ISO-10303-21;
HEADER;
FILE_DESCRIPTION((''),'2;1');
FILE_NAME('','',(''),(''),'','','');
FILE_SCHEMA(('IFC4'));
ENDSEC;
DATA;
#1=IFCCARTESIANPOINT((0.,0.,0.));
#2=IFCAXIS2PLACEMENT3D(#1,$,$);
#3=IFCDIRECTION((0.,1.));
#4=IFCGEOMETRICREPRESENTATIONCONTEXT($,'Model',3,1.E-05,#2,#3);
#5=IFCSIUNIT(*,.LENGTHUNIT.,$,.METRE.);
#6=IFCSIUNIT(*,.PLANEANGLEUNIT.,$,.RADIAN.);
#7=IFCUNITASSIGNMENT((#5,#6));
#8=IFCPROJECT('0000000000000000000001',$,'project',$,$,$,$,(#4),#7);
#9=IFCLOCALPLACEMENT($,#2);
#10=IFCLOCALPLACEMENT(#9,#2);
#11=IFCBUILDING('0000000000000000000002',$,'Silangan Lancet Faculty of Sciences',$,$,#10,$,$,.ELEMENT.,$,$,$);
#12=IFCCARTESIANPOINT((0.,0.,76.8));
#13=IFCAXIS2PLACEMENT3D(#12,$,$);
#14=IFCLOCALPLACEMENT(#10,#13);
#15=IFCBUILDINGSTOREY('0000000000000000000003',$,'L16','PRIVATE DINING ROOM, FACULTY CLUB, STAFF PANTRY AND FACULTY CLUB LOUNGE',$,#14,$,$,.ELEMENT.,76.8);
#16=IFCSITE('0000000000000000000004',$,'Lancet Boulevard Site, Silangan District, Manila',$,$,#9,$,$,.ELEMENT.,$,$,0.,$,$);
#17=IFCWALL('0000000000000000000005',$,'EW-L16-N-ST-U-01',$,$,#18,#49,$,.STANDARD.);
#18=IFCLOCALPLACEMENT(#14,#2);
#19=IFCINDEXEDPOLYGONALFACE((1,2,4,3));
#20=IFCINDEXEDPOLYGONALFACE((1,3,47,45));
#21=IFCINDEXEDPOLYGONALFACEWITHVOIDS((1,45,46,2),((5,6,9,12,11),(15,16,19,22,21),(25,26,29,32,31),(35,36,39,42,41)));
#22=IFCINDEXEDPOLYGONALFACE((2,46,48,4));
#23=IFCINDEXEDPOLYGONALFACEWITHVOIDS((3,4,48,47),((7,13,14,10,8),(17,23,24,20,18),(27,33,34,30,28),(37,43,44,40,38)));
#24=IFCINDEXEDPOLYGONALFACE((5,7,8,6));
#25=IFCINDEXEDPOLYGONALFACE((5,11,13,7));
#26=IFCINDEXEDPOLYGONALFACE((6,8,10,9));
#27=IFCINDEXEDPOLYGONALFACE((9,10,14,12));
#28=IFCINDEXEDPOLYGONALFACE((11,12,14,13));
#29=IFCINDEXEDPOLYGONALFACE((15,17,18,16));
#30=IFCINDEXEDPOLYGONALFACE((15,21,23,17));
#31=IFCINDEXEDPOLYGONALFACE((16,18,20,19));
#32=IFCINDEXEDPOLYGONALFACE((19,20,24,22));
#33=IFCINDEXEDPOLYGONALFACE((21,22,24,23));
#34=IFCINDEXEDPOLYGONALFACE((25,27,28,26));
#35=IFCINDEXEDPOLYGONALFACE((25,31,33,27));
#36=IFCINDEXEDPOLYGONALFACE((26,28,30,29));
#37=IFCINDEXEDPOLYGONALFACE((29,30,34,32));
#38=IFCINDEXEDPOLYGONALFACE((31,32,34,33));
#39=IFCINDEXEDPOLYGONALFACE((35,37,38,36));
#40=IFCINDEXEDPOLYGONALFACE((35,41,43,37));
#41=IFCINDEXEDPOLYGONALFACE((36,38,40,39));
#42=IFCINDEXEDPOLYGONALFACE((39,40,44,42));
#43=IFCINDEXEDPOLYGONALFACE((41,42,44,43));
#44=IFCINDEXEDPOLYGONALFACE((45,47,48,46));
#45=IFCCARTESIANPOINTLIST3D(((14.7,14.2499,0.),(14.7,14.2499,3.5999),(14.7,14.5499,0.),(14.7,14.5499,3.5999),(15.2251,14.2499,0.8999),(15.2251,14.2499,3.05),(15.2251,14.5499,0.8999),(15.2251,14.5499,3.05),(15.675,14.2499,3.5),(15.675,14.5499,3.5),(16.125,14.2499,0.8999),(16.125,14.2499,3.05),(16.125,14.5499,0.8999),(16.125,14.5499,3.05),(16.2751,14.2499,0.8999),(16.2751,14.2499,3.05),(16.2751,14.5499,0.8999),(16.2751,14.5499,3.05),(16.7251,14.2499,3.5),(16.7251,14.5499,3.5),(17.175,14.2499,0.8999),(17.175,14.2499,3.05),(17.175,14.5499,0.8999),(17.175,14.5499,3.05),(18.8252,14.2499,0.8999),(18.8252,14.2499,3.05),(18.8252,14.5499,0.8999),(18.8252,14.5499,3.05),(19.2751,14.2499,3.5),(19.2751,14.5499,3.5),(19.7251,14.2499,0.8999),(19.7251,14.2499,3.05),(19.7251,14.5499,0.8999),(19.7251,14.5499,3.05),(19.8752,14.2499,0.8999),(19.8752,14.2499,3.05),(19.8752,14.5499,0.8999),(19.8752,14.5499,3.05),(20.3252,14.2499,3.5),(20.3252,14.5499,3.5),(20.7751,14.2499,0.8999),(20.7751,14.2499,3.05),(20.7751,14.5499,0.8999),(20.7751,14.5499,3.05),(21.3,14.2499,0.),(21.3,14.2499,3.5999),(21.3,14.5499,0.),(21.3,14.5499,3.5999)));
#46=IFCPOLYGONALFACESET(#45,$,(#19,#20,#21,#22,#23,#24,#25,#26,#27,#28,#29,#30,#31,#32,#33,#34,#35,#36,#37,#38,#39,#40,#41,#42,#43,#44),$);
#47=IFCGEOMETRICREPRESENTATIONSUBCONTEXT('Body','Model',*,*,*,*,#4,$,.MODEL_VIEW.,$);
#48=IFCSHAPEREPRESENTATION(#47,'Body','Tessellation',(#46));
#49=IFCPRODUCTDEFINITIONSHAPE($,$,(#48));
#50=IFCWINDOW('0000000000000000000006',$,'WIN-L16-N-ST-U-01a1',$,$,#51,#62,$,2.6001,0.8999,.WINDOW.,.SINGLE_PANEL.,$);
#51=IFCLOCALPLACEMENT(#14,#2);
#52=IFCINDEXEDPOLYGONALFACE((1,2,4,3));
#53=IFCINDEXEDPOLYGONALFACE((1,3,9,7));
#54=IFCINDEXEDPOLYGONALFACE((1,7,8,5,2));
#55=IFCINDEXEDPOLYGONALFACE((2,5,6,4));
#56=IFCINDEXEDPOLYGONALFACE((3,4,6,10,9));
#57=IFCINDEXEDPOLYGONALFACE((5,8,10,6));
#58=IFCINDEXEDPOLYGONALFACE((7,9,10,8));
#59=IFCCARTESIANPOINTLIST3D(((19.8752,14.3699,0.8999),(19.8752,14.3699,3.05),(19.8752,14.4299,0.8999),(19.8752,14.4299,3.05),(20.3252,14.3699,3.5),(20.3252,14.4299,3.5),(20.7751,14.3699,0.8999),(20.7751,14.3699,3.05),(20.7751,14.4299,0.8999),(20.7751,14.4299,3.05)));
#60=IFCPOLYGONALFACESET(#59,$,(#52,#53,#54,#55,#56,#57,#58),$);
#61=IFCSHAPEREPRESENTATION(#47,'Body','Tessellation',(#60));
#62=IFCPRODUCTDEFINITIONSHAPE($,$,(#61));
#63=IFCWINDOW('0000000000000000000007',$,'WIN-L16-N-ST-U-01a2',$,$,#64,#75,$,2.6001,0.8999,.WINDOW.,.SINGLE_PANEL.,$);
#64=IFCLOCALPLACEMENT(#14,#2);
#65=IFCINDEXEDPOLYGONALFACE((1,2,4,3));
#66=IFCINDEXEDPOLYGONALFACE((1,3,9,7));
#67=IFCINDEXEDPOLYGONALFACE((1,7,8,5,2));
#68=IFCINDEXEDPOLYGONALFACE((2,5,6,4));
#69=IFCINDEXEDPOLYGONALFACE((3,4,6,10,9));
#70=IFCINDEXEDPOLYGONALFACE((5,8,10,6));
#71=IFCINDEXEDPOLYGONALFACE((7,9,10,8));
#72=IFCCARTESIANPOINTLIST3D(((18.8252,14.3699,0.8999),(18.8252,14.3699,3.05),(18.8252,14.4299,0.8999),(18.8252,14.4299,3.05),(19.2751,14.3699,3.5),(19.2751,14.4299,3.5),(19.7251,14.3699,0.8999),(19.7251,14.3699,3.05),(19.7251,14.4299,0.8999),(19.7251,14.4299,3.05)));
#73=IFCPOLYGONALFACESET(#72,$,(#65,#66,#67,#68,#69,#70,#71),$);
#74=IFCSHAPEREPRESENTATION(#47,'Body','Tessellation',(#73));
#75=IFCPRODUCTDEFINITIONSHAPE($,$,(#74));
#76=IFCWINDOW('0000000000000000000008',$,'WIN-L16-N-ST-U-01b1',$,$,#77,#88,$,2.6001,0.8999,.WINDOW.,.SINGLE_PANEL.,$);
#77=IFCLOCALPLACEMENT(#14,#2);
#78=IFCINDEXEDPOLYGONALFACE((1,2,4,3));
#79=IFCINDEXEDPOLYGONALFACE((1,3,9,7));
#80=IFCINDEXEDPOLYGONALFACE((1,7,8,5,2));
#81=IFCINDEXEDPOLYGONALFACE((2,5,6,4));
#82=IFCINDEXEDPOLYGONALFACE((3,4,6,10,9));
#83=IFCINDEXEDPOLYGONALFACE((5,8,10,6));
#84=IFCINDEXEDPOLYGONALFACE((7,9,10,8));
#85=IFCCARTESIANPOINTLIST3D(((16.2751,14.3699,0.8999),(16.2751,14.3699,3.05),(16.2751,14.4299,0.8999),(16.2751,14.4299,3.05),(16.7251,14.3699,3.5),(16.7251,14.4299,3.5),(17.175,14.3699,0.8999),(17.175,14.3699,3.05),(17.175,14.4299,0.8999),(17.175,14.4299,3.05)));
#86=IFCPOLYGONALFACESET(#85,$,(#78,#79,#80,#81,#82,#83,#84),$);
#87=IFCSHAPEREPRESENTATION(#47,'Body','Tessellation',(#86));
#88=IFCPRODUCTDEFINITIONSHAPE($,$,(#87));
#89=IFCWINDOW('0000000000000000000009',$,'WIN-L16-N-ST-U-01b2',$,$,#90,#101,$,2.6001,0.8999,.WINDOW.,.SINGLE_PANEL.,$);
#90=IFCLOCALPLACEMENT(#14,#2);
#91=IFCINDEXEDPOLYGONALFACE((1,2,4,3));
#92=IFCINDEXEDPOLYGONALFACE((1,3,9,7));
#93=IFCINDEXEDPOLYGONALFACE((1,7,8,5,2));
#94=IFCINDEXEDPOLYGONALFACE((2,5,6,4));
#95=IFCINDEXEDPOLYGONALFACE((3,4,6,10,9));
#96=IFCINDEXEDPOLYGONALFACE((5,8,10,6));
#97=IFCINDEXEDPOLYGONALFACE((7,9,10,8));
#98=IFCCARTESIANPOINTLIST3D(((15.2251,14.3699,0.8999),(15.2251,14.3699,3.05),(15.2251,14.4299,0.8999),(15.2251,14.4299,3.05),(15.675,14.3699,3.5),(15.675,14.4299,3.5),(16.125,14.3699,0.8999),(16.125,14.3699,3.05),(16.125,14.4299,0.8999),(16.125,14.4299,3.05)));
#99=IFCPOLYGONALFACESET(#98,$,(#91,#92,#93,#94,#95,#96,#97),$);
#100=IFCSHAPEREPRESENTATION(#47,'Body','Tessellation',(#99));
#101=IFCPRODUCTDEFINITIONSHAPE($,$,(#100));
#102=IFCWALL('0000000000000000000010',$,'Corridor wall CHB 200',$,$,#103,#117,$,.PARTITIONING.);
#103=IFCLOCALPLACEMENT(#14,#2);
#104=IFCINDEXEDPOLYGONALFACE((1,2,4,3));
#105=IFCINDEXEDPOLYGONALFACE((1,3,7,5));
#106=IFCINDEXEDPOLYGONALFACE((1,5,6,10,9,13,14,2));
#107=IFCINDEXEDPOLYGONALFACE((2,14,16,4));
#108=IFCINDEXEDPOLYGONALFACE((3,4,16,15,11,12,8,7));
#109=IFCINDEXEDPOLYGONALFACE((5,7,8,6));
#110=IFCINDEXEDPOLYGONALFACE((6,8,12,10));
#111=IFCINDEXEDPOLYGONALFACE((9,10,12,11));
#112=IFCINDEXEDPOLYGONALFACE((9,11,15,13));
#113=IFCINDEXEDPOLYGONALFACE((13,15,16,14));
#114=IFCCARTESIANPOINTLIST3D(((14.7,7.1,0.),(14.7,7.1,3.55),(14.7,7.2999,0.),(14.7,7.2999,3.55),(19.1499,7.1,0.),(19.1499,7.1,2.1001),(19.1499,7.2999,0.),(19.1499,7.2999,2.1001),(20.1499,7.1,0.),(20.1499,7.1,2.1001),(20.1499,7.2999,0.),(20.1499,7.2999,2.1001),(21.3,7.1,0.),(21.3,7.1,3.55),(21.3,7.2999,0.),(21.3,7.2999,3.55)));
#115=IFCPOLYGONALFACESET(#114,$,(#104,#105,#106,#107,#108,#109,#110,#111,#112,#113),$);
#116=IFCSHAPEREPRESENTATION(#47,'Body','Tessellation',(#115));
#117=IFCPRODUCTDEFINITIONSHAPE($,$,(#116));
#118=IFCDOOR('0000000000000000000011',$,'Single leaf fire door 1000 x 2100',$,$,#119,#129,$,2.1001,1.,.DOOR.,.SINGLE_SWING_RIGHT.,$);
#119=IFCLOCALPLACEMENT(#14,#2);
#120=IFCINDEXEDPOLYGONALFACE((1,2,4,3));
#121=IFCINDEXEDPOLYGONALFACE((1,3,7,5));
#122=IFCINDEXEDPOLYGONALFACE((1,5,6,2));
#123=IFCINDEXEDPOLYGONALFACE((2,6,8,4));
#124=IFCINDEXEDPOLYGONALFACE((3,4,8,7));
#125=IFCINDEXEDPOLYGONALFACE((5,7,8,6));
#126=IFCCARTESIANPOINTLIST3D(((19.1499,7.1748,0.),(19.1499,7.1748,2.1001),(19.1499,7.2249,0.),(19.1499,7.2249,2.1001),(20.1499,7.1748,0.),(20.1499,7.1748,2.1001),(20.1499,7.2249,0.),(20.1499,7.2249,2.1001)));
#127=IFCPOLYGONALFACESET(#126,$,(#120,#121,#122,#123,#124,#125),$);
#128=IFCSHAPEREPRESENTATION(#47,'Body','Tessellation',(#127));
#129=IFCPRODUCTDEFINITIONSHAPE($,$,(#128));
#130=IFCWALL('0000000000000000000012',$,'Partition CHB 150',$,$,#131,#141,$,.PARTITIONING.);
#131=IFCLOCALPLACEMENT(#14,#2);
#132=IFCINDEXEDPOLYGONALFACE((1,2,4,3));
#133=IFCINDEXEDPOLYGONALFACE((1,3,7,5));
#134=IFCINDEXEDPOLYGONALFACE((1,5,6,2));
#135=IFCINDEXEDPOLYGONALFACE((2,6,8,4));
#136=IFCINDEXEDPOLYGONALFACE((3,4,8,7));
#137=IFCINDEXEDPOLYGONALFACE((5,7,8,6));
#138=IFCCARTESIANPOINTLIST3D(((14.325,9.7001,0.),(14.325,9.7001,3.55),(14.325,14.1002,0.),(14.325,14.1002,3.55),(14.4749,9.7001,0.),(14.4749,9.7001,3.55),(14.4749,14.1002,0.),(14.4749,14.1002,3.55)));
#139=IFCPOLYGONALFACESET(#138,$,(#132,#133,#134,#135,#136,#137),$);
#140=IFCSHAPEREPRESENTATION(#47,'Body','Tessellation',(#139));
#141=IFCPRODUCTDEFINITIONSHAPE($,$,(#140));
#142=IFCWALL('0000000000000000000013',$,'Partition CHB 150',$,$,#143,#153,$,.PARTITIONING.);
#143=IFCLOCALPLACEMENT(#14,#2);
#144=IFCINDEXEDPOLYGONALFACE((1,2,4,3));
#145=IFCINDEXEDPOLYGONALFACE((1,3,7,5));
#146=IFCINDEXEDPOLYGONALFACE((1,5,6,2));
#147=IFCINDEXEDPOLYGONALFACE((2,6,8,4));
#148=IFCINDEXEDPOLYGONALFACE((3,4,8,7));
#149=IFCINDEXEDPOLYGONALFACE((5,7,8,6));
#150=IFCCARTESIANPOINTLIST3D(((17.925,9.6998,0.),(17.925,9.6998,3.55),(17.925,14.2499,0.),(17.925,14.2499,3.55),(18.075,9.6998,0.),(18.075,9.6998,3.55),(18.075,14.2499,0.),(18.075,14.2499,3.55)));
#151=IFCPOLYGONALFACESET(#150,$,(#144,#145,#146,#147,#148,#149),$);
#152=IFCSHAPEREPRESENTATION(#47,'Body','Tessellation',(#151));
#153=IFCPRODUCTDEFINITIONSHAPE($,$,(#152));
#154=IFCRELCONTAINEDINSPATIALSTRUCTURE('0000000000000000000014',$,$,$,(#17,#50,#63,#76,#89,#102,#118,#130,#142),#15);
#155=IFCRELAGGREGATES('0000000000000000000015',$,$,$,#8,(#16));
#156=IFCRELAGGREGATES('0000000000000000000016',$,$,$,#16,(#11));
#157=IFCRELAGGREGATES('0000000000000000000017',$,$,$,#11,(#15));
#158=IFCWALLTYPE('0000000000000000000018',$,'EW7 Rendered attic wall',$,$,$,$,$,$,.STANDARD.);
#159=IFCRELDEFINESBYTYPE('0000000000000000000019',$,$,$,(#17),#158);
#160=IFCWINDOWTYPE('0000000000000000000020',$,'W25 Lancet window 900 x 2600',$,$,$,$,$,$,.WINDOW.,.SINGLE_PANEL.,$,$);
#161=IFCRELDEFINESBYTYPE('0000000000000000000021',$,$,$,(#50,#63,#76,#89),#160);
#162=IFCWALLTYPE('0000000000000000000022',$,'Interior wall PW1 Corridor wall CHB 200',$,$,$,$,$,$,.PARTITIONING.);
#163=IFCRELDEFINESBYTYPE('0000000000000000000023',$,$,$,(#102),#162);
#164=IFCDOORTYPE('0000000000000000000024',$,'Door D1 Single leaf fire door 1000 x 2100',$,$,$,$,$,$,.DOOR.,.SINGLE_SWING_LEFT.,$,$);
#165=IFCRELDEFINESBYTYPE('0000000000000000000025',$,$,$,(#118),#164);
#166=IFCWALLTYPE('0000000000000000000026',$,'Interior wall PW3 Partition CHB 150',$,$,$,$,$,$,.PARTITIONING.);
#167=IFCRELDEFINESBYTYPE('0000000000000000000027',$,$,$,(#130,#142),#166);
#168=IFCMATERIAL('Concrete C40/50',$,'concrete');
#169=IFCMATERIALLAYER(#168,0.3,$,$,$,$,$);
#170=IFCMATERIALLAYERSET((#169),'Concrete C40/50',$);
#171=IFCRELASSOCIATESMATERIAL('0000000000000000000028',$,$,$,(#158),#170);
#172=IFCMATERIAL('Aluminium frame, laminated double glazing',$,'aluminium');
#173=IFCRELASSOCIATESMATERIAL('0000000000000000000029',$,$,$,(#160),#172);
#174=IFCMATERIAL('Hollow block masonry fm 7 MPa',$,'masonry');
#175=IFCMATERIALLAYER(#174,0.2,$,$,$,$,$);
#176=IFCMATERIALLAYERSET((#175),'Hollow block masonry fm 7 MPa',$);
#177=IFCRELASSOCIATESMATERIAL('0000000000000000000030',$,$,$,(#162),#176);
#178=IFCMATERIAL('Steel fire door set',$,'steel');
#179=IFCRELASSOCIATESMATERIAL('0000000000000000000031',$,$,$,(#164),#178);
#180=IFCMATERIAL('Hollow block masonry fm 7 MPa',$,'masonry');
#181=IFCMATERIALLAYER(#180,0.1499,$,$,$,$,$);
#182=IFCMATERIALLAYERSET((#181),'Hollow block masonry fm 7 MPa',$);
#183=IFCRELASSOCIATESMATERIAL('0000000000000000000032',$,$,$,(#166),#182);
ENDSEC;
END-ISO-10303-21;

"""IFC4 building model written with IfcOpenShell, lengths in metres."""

from ifc_helpers import new_model, si_unit, direction, frame, frame_2d, origin, place, context, subcontext, project, spatial, polyline, rectangle, outline, extrude, material, layer, layer_set, type_object, element, fill, save


model = new_model("IFC4")

# Units and contexts
model_context = context("Model", 3, precision=1e-05, world=origin(), true_north=direction((0.0, 1.0)))
body_context = subcontext(model_context, "Body", "Model", "MODEL_VIEW")
ifc_project = project(units=[si_unit("LENGTHUNIT", "METRE"), si_unit("PLANEANGLEUNIT", "RADIAN")], contexts=[model_context])

# Site, building, storey
site_placement = place(None, origin())
site = spatial("IfcSite", under=ifc_project, at=site_placement, Name="Lancet Boulevard Site, Silangan District, Manila", CompositionType="ELEMENT", RefElevation=0.0)
building_placement = place(site_placement, origin())
building = spatial("IfcBuilding", under=site, at=building_placement, Name="Silangan Lancet Faculty of Sciences", CompositionType="ELEMENT")
storey_placement = place(building_placement, frame((0.0, 0.0, 76.8)))
storey = spatial("IfcBuildingStorey", under=building, at=storey_placement, Name="L16", Description="PRIVATE DINING ROOM, FACULTY CLUB, STAFF PANTRY AND FACULTY CLUB LOUNGE", CompositionType="ELEMENT", Elevation=76.8)

# Wall, openings, windows
ifc_material_1 = material(Name="Concrete C40/50", Category="concrete")
ifc_layer_1 = layer(ifc_material_1, 0.3)
ifc_layer_set_1 = layer_set([ifc_layer_1], Name="Concrete C40/50")
wall_type_1 = type_object("IfcWallType", Name="EW7 Rendered attic wall", PredefinedType="STANDARD", material=ifc_layer_set_1)
ifc_material_2 = material(Name="Aluminium frame, laminated double glazing", Category="aluminium")
window_type = type_object("IfcWindowType", Name="W25 Lancet window 900 x 2600", PartitioningType="SINGLE_PANEL", PredefinedType="WINDOW", material=ifc_material_2)
wall_1_placement = place(storey_placement, frame((21.3, 14.3999, 0.0), z_axis=(0.0, 0.0, 1.0), x_axis=(-1.0, 0.0, 0.0)))
wall_1 = element("IfcWall", 1, at=wall_1_placement, inside=storey, type_object=wall_type_1, Name="EW-L16-N-ST-U-01", PredefinedType="STANDARD", context=body_context, shape_type="SweptSolid", body=[
    extrude(rectangle(XDim=6.6001, YDim=0.3, at=frame_2d((3.3, 0.0))), origin(), (0.0, 0.0, 1.0), 3.5999),
])
opening_1_placement = place(wall_1_placement, frame((0.5249, 0.0, 0.8999)))
opening_1 = element("IfcOpeningElement", 2, at=opening_1_placement, cuts=wall_1, PredefinedType="OPENING", context=body_context, shape_type="SweptSolid", body=[
    extrude(outline(polyline([(0.0, 0.0), (0.8999, 0.0), (0.8999, 2.1501), (0.45, 2.6001), (0.0, 2.1501), (0.0, 0.0)])), frame((0.0, 0.1599, 0.0), z_axis=(0.0, -1.0, 0.0), x_axis=(1.0, 0.0, 0.0)), (0.0, 0.0, 1.0), 0.3201),
])
opening_2_placement = place(wall_1_placement, frame((1.575, 0.0, 0.8999)))
opening_2 = element("IfcOpeningElement", 3, at=opening_2_placement, cuts=wall_1, PredefinedType="OPENING", context=body_context, shape_type="SweptSolid", body=[
    extrude(outline(polyline([(0.0, 0.0), (0.8999, 0.0), (0.8999, 2.1501), (0.45, 2.6001), (0.0, 2.1501), (0.0, 0.0)])), frame((0.0, 0.1599, 0.0), z_axis=(0.0, -1.0, 0.0), x_axis=(1.0, 0.0, 0.0)), (0.0, 0.0, 1.0), 0.3201),
])
opening_3_placement = place(wall_1_placement, frame((4.125, 0.0, 0.8999)))
opening_3 = element("IfcOpeningElement", 4, at=opening_3_placement, cuts=wall_1, PredefinedType="OPENING", context=body_context, shape_type="SweptSolid", body=[
    extrude(outline(polyline([(0.0, 0.0), (0.8999, 0.0), (0.8999, 2.1501), (0.45, 2.6001), (0.0, 2.1501), (0.0, 0.0)])), frame((0.0, 0.1599, 0.0), z_axis=(0.0, -1.0, 0.0), x_axis=(1.0, 0.0, 0.0)), (0.0, 0.0, 1.0), 0.3201),
])
opening_4_placement = place(wall_1_placement, frame((5.175, 0.0, 0.8999)))
opening_4 = element("IfcOpeningElement", 5, at=opening_4_placement, cuts=wall_1, PredefinedType="OPENING", context=body_context, shape_type="SweptSolid", body=[
    extrude(outline(polyline([(0.0, 0.0), (0.8999, 0.0), (0.8999, 2.1501), (0.45, 2.6001), (0.0, 2.1501), (0.0, 0.0)])), frame((0.0, 0.1599, 0.0), z_axis=(0.0, -1.0, 0.0), x_axis=(1.0, 0.0, 0.0)), (0.0, 0.0, 1.0), 0.3201),
])
window_1_placement = place(opening_1_placement, origin())
window_1 = element("IfcWindow", 6, at=window_1_placement, inside=storey, type_object=window_type, Name="WIN-L16-N-ST-U-01a1", OverallHeight=2.6001, OverallWidth=0.8999, PartitioningType="SINGLE_PANEL", PredefinedType="WINDOW", context=body_context, shape_type="SweptSolid", body=[
    extrude(outline(polyline([(0.0, 0.0), (0.8999, 0.0), (0.8999, 2.1501), (0.45, 2.6001), (0.0, 2.1501), (0.0, 0.0)])), frame((0.0, 0.03, 0.0), z_axis=(0.0, -1.0, 0.0), x_axis=(1.0, 0.0, 0.0)), (0.0, 0.0, 1.0), 0.0601),
])
fill(opening_1, window_1)
window_2_placement = place(opening_2_placement, origin())
window_2 = element("IfcWindow", 7, at=window_2_placement, inside=storey, type_object=window_type, Name="WIN-L16-N-ST-U-01a2", OverallHeight=2.6001, OverallWidth=0.8999, PartitioningType="SINGLE_PANEL", PredefinedType="WINDOW", context=body_context, shape_type="SweptSolid", body=[
    extrude(outline(polyline([(0.0, 0.0), (0.8999, 0.0), (0.8999, 2.1501), (0.45, 2.6001), (0.0, 2.1501), (0.0, 0.0)])), frame((0.0, 0.03, 0.0), z_axis=(0.0, -1.0, 0.0), x_axis=(1.0, 0.0, 0.0)), (0.0, 0.0, 1.0), 0.0601),
])
fill(opening_2, window_2)
window_3_placement = place(opening_3_placement, origin())
window_3 = element("IfcWindow", 8, at=window_3_placement, inside=storey, type_object=window_type, Name="WIN-L16-N-ST-U-01b1", OverallHeight=2.6001, OverallWidth=0.8999, PartitioningType="SINGLE_PANEL", PredefinedType="WINDOW", context=body_context, shape_type="SweptSolid", body=[
    extrude(outline(polyline([(0.0, 0.0), (0.8999, 0.0), (0.8999, 2.1501), (0.45, 2.6001), (0.0, 2.1501), (0.0, 0.0)])), frame((0.0, 0.03, 0.0), z_axis=(0.0, -1.0, 0.0), x_axis=(1.0, 0.0, 0.0)), (0.0, 0.0, 1.0), 0.0601),
])
fill(opening_3, window_3)
window_4_placement = place(opening_4_placement, origin())
window_4 = element("IfcWindow", 9, at=window_4_placement, inside=storey, type_object=window_type, Name="WIN-L16-N-ST-U-01b2", OverallHeight=2.6001, OverallWidth=0.8999, PartitioningType="SINGLE_PANEL", PredefinedType="WINDOW", context=body_context, shape_type="SweptSolid", body=[
    extrude(outline(polyline([(0.0, 0.0), (0.8999, 0.0), (0.8999, 2.1501), (0.45, 2.6001), (0.0, 2.1501), (0.0, 0.0)])), frame((0.0, 0.03, 0.0), z_axis=(0.0, -1.0, 0.0), x_axis=(1.0, 0.0, 0.0)), (0.0, 0.0, 1.0), 0.0601),
])
fill(opening_4, window_4)

# Wall, opening, door
ifc_material_3 = material(Name="Hollow block masonry fm 7 MPa", Category="masonry")
ifc_layer_2 = layer(ifc_material_3, 0.2)
ifc_layer_set_2 = layer_set([ifc_layer_2], Name="Hollow block masonry fm 7 MPa")
wall_type_2 = type_object("IfcWallType", Name="Interior wall PW1 Corridor wall CHB 200", PredefinedType="PARTITIONING", material=ifc_layer_set_2)
wall_2_placement = place(storey_placement, frame((14.7, 7.2, 0.0), z_axis=(0.0, 0.0, 1.0), x_axis=(1.0, 0.0, 0.0)))
wall_2 = element("IfcWall", 10, at=wall_2_placement, inside=storey, type_object=wall_type_2, Name="Corridor wall CHB 200", PredefinedType="PARTITIONING", context=body_context, shape_type="SweptSolid", body=[
    extrude(rectangle(XDim=6.6001, YDim=0.2, at=frame_2d((3.3, 0.0))), origin(), (0.0, 0.0, 1.0), 3.55),
])
opening_5_placement = place(wall_2_placement, frame((4.45, 0.0, 0.0)))
opening_5 = element("IfcOpeningElement", 11, at=opening_5_placement, cuts=wall_2, PredefinedType="OPENING", context=body_context, shape_type="SweptSolid", body=[
    extrude(rectangle(XDim=1.0, YDim=2.1001, at=frame_2d((0.5, 1.05))), frame((0.0, 0.1099, 0.0), z_axis=(0.0, -1.0, 0.0), x_axis=(1.0, 0.0, 0.0)), (0.0, 0.0, 1.0), 0.22),
])
ifc_material_4 = material(Name="Steel fire door set", Category="steel")
door_type_1 = type_object("IfcDoorType", Name="Door D1 Single leaf fire door 1000 x 2100", OperationType="SINGLE_SWING_LEFT", PredefinedType="DOOR", material=ifc_material_4)
door_1_placement = place(opening_5_placement, frame((1.0, 0.0, 0.0), z_axis=(0.0, 0.0, 1.0), x_axis=(-1.0, 0.0, 0.0)))
door_1 = element("IfcDoor", 12, at=door_1_placement, inside=storey, type_object=door_type_1, Name="Single leaf fire door 1000 x 2100", OperationType="SINGLE_SWING_RIGHT", OverallHeight=2.1001, OverallWidth=1.0, PredefinedType="DOOR", context=body_context, shape_type="SweptSolid", body=[
    extrude(rectangle(XDim=1.0, YDim=2.1001, at=frame_2d((0.5, 1.05))), frame((0.0, 0.0251, 0.0), z_axis=(0.0, -1.0, 0.0), x_axis=(1.0, 0.0, 0.0)), (0.0, 0.0, 1.0), 0.05),
])
fill(opening_5, door_1)

# Walls
ifc_material_5 = material(Name="Hollow block masonry fm 7 MPa", Category="masonry")
ifc_layer_3 = layer(ifc_material_5, 0.1499)
ifc_layer_set_3 = layer_set([ifc_layer_3], Name="Hollow block masonry fm 7 MPa")
wall_type_3 = type_object("IfcWallType", Name="Interior wall PW3 Partition CHB 150", PredefinedType="PARTITIONING", material=ifc_layer_set_3)
wall_3_placement = place(storey_placement, frame((14.3999, 9.7, 0.0), z_axis=(0.0, 0.0, 1.0), x_axis=(0.0, 1.0, 0.0)))
element("IfcWall", 13, at=wall_3_placement, inside=storey, type_object=wall_type_3, Name="Partition CHB 150", PredefinedType="PARTITIONING", context=body_context, shape_type="SweptSolid", body=[
    extrude(rectangle(XDim=4.4001, YDim=0.1499, at=frame_2d((2.2002, 0.0))), origin(), (0.0, 0.0, 1.0), 3.55),
])
wall_4_placement = place(storey_placement, frame((18.0, 9.7, 0.0), z_axis=(0.0, 0.0, 1.0), x_axis=(0.0, 1.0, 0.0)))
element("IfcWall", 14, at=wall_4_placement, inside=storey, type_object=wall_type_3, Name="Partition CHB 150", PredefinedType="PARTITIONING", context=body_context, shape_type="SweptSolid", body=[
    extrude(rectangle(XDim=4.55, YDim=0.1499, at=frame_2d((2.2749, 0.0))), origin(), (0.0, 0.0, 1.0), 3.55),
])

save(model, "model.ifc")
